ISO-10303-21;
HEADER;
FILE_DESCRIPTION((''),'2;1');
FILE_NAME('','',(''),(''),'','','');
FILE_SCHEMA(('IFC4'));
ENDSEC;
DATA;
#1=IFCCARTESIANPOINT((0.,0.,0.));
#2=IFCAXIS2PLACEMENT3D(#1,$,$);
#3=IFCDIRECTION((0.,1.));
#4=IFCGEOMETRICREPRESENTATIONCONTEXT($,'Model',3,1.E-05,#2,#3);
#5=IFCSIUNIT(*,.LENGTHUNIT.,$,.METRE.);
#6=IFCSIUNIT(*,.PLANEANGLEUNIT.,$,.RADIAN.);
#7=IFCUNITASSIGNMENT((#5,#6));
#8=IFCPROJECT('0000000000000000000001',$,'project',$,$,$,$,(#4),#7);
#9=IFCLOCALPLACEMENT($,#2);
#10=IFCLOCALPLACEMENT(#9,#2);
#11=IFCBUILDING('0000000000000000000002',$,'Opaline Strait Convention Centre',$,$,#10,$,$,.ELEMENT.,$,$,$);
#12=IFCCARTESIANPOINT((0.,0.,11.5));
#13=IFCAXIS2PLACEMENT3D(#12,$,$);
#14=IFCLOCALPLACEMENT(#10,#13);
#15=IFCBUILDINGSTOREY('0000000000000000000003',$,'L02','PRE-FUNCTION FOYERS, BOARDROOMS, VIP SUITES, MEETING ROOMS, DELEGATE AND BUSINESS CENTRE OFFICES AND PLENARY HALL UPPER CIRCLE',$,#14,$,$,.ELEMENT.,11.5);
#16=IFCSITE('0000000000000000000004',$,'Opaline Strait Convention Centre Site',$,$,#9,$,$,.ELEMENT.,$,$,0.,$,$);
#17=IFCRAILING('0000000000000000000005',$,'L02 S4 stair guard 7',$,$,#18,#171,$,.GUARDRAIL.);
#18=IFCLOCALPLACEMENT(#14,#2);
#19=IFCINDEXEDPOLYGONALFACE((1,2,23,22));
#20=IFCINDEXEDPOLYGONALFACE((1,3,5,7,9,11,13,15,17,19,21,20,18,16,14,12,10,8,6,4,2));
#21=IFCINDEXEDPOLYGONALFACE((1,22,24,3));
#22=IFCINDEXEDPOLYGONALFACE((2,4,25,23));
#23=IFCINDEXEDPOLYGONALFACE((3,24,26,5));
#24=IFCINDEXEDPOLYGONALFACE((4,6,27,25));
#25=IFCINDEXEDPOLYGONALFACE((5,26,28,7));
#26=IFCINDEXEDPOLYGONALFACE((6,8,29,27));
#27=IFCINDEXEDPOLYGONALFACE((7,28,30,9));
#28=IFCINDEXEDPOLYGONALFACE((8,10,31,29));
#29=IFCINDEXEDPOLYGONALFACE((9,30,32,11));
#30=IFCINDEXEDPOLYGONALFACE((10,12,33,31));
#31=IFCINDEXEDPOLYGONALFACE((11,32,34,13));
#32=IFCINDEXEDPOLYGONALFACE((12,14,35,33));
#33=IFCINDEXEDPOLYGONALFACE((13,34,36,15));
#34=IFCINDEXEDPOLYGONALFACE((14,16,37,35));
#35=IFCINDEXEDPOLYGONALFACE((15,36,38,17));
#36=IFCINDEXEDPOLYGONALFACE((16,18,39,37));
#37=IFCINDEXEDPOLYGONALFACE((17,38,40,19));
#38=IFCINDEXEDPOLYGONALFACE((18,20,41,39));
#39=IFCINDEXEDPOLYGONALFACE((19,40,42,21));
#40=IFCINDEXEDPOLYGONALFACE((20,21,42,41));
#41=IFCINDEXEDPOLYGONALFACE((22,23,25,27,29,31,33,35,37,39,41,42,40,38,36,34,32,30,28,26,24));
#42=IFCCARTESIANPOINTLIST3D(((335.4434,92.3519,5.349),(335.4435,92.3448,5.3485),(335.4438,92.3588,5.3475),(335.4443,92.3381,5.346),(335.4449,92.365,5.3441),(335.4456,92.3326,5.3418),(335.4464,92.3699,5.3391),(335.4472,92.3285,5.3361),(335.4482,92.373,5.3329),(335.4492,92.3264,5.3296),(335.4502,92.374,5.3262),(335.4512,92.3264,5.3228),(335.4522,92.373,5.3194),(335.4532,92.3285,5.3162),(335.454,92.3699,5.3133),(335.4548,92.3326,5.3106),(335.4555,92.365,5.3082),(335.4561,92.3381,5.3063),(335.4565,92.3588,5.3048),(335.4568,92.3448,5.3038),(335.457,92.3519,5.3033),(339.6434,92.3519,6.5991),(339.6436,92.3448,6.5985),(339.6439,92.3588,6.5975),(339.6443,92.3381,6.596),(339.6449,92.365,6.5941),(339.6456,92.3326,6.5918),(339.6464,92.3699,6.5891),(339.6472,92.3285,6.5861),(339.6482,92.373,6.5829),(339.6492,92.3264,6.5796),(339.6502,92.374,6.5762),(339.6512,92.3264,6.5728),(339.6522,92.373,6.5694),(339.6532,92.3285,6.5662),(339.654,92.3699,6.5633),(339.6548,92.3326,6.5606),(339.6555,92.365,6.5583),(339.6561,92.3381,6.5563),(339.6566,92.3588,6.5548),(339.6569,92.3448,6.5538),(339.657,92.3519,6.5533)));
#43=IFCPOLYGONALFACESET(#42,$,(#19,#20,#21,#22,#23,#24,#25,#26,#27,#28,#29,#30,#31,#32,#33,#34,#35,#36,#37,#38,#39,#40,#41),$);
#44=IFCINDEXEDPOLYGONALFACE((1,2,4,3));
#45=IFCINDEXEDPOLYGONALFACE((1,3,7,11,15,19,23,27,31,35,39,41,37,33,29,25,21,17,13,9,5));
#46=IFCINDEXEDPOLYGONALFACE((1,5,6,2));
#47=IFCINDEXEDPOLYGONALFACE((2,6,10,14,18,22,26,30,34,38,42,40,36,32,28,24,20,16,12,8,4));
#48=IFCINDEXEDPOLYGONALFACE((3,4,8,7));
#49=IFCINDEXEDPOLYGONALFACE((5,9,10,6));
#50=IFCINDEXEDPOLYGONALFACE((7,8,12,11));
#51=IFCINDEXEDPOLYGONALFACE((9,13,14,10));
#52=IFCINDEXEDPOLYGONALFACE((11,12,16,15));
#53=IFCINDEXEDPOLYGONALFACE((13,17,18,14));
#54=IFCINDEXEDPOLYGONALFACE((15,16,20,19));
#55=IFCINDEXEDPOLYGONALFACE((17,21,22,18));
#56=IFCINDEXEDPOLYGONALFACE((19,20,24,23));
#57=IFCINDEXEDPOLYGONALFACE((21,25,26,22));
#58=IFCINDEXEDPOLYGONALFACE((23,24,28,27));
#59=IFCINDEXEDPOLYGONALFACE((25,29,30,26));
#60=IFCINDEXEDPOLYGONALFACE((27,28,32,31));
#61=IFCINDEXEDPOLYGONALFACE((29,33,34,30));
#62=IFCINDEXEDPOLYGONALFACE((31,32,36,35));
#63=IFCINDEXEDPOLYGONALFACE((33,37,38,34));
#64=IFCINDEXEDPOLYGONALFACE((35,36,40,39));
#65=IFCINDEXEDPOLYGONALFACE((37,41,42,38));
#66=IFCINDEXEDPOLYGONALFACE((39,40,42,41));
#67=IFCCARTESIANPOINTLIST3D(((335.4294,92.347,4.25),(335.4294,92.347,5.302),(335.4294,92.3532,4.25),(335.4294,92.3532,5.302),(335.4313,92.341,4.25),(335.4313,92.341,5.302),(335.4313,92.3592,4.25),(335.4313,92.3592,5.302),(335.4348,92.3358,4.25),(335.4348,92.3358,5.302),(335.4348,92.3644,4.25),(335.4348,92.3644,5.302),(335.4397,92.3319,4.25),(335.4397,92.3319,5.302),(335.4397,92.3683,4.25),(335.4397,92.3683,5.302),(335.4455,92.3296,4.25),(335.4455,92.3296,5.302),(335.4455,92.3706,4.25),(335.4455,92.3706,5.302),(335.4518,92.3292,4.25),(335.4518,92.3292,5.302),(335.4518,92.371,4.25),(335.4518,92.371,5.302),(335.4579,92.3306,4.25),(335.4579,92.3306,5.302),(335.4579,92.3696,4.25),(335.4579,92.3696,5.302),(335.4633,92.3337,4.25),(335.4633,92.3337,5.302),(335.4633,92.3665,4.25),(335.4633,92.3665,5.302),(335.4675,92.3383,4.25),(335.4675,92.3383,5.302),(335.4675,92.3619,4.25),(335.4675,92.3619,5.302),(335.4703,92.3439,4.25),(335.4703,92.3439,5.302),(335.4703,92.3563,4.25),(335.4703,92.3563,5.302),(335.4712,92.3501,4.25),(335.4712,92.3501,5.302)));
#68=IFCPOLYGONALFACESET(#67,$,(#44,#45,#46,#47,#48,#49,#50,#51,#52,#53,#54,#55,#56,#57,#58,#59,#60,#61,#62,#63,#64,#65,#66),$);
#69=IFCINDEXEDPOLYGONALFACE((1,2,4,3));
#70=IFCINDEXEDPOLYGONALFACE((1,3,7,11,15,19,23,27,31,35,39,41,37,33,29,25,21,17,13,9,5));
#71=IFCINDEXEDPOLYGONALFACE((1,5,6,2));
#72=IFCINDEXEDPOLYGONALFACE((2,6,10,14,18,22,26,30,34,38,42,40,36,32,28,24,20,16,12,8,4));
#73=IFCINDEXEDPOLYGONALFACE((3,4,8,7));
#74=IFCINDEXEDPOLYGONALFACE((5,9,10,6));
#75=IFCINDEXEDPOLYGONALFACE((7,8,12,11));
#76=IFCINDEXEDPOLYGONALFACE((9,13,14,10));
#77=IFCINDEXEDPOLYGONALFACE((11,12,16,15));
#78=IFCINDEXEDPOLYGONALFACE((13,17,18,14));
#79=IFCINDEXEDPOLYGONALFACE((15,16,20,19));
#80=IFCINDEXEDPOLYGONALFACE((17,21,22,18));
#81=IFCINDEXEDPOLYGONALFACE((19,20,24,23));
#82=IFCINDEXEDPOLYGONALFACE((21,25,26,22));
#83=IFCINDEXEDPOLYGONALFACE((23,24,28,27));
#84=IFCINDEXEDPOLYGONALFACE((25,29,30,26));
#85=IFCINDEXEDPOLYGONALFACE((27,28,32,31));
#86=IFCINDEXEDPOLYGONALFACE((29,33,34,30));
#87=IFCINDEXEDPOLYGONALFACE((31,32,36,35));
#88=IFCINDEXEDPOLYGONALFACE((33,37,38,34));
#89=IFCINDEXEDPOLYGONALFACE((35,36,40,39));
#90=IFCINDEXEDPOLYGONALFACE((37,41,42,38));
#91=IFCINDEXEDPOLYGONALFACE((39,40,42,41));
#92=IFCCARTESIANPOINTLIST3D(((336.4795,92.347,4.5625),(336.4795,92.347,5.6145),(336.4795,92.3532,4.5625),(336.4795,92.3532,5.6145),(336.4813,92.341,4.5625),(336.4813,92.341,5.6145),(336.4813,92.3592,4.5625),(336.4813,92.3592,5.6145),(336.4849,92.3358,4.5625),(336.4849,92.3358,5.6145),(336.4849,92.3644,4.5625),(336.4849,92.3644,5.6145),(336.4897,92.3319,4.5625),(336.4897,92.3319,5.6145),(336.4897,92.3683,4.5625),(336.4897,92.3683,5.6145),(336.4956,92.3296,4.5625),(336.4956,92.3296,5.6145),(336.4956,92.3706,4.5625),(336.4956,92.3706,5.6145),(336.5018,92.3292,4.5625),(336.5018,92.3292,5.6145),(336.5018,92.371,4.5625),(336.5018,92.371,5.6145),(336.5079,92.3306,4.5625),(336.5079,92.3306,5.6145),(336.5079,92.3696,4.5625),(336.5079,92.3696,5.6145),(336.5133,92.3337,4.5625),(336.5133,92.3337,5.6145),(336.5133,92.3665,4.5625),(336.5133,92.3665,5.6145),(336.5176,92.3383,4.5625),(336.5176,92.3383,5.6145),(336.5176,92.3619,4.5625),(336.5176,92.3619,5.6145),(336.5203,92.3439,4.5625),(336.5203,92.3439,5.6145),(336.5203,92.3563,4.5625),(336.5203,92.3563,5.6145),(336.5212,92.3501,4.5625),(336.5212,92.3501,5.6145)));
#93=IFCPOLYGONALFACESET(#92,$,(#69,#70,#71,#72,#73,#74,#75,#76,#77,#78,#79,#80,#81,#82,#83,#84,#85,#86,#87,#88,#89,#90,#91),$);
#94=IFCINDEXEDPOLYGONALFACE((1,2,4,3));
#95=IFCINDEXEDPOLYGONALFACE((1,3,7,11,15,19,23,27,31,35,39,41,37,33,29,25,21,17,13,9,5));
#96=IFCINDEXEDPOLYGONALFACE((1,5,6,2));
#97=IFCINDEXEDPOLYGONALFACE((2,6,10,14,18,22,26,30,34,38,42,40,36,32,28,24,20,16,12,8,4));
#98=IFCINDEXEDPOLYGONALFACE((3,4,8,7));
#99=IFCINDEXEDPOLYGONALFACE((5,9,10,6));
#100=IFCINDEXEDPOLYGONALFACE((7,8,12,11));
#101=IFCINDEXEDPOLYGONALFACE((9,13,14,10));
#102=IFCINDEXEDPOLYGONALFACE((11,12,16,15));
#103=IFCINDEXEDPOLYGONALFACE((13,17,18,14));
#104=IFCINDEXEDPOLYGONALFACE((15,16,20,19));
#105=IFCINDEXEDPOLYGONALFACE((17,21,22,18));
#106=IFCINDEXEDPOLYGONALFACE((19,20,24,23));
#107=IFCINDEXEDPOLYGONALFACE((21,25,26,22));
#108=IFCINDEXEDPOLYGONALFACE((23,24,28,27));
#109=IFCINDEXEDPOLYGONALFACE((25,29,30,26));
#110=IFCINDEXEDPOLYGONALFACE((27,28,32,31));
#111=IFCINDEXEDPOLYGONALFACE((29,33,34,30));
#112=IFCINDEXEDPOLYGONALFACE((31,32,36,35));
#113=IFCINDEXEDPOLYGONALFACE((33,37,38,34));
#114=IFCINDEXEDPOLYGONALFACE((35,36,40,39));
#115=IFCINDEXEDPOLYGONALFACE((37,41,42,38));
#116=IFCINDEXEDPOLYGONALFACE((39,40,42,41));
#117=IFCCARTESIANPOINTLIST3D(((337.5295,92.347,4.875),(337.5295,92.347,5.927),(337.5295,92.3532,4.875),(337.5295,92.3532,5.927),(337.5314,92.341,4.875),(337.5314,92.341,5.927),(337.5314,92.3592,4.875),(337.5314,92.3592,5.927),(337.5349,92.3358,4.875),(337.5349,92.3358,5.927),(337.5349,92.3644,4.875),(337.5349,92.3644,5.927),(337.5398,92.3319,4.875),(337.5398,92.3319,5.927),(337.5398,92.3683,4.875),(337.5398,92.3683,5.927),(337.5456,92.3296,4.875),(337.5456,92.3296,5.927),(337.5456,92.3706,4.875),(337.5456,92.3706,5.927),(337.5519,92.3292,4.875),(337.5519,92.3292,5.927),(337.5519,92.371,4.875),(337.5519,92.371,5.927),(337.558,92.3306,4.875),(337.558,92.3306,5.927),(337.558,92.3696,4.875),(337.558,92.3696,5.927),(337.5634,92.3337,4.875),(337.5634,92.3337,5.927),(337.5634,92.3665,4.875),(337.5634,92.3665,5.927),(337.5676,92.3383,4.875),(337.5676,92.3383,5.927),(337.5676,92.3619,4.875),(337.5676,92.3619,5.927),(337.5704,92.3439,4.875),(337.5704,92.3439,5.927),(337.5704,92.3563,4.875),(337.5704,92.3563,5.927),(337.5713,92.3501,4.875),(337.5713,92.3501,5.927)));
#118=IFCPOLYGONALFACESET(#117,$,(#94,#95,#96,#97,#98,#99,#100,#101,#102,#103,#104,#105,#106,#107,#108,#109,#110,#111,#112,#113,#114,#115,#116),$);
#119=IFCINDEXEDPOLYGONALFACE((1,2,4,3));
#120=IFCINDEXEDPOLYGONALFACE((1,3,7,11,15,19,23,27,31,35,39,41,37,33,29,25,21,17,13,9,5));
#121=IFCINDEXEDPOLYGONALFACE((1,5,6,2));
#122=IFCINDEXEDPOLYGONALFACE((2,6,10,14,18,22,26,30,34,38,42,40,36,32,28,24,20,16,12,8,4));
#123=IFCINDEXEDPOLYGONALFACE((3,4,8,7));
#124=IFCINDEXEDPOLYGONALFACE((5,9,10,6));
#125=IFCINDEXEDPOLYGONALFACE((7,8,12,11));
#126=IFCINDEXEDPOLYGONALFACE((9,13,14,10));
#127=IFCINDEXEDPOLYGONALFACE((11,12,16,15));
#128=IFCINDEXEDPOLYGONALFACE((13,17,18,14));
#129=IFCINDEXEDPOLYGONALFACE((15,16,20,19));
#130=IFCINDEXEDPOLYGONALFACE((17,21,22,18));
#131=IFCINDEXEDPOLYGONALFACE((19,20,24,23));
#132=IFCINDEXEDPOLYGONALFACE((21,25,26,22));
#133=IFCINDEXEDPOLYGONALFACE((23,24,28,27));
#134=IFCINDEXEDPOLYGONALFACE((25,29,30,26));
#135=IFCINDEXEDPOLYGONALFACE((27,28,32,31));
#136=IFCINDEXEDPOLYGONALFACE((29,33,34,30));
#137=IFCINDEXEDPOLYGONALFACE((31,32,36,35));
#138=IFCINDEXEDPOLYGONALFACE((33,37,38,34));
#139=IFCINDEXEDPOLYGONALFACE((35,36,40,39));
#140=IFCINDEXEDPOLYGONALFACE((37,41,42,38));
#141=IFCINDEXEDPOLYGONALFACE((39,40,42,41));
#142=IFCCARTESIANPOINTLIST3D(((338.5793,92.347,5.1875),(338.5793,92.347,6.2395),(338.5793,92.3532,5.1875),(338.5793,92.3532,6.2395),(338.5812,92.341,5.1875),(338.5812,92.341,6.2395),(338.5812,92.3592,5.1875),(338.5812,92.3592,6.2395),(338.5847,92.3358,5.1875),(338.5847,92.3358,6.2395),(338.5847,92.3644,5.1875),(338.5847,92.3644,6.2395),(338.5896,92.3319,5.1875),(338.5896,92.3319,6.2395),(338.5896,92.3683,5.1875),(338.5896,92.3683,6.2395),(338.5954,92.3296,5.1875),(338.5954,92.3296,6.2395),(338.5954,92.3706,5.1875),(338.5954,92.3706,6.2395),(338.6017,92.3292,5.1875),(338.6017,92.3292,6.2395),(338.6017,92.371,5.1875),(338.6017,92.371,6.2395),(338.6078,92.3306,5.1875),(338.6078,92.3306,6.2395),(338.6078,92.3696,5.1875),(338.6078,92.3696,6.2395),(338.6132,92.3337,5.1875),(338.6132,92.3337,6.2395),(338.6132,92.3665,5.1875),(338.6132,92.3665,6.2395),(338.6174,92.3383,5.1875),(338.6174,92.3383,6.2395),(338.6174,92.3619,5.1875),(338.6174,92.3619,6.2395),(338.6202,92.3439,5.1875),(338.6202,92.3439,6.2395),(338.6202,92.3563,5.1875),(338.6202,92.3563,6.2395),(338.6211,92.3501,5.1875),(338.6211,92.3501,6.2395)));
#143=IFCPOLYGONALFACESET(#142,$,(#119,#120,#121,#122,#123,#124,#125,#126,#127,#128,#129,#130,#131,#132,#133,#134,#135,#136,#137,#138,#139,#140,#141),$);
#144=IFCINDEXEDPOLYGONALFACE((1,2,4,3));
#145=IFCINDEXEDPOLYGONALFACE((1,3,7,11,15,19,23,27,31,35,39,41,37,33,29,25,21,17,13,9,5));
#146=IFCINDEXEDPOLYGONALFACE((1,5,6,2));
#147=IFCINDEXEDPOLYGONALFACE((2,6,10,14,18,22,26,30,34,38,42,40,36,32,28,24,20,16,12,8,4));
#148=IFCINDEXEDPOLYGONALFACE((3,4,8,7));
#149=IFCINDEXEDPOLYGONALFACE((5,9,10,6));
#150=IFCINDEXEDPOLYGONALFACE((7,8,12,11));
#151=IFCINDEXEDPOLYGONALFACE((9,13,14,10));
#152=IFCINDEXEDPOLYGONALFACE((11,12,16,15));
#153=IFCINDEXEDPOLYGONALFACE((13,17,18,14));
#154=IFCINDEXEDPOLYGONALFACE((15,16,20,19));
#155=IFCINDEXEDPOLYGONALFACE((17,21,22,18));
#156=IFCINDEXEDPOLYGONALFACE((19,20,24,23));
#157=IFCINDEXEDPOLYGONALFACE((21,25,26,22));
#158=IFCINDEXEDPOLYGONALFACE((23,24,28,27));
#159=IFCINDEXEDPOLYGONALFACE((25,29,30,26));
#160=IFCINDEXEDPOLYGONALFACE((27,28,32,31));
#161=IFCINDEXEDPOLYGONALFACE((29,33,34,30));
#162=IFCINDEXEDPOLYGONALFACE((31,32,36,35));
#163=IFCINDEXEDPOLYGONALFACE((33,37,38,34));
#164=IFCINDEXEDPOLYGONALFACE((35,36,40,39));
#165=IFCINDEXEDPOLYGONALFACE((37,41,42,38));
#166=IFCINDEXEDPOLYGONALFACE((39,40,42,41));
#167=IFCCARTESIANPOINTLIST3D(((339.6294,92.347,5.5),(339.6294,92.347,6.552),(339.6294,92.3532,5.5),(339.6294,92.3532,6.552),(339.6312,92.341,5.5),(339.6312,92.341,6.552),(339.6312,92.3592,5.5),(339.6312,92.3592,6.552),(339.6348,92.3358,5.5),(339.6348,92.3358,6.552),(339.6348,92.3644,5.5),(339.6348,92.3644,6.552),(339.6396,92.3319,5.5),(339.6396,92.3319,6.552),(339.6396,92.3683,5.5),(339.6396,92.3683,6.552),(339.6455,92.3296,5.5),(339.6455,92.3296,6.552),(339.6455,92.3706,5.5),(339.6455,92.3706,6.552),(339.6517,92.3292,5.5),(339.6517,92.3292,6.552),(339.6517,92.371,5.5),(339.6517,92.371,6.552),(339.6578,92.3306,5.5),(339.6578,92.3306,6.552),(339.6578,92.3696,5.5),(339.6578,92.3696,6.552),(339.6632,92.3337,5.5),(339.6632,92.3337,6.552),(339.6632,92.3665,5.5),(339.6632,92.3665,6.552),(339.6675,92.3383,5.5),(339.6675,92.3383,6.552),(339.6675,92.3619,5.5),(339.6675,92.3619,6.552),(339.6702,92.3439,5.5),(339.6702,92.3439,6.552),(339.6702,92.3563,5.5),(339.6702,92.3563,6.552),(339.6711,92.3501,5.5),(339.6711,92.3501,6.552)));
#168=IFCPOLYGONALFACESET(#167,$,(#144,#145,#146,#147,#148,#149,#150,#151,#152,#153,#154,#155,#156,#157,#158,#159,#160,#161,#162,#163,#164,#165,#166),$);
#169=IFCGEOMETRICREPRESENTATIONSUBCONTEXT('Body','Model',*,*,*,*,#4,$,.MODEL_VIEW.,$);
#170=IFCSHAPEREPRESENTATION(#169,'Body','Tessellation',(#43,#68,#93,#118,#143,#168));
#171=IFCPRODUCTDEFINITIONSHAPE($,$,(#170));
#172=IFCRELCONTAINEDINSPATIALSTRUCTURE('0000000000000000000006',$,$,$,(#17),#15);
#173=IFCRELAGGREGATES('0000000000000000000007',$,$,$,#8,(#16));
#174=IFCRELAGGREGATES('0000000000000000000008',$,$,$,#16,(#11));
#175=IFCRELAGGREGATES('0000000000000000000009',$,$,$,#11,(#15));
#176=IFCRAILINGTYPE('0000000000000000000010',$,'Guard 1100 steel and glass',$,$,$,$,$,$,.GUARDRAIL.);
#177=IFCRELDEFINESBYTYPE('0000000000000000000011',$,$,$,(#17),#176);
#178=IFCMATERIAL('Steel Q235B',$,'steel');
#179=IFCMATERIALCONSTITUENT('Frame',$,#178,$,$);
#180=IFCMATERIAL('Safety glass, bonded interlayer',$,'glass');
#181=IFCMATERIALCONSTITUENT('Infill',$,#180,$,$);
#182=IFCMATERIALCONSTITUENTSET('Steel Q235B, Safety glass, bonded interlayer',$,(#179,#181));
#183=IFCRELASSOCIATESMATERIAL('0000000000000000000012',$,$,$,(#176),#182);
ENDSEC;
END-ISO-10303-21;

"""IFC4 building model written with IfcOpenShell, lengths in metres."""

from ifc_helpers import new_model, si_unit, direction, frame, origin, origin_2d, place, context, subcontext, project, spatial, circle, extrude, material, constituent, constituent_set, type_object, element, save


model = new_model("IFC4")

# Units and contexts
model_context = context("Model", 3, precision=1e-05, world=origin(), true_north=direction((0.0, 1.0)))
body_context = subcontext(model_context, "Body", "Model", "MODEL_VIEW")
ifc_project = project(units=[si_unit("LENGTHUNIT", "METRE"), si_unit("PLANEANGLEUNIT", "RADIAN")], contexts=[model_context])

# Site, building, storey
site_placement = place(None, origin())
site = spatial("IfcSite", under=ifc_project, at=site_placement, Name="Opaline Strait Convention Centre Site", CompositionType="ELEMENT", RefElevation=0.0)
building_placement = place(site_placement, origin())
building = spatial("IfcBuilding", under=site, at=building_placement, Name="Opaline Strait Convention Centre", CompositionType="ELEMENT")
storey_placement = place(building_placement, frame((0.0, 0.0, 11.5)))
storey = spatial("IfcBuildingStorey", under=building, at=storey_placement, Name="L02", Description="PRE-FUNCTION FOYERS, BOARDROOMS, VIP SUITES, MEETING ROOMS, DELEGATE AND BUSINESS CENTRE OFFICES AND PLENARY HALL UPPER CIRCLE", CompositionType="ELEMENT", Elevation=11.5)

# Shared definitions
ifc_material_1 = material(Name="Steel Q235B", Category="steel")

# Railing
ifc_constituent_1 = constituent(ifc_material_1, Name="Frame")
ifc_material_2 = material(Name="Safety glass, bonded interlayer", Category="glass")
ifc_constituent_2 = constituent(ifc_material_2, Name="Infill")
ifc_constituent_set = constituent_set(constituents=[ifc_constituent_1, ifc_constituent_2], Name="Steel Q235B, Safety glass, bonded interlayer")
railing_type_1 = type_object("IfcRailingType", Name="Guard 1100 steel and glass", PredefinedType="GUARDRAIL", material=ifc_constituent_set)
railing_1_placement = place(storey_placement, frame((335.4502, 92.3501, 4.25)))
element("IfcRailing", 1, at=railing_1_placement, inside=storey, type_object=railing_type_1, Name="L02 S4 stair guard 7", PredefinedType="GUARDRAIL", context=body_context, shape_type="SweptSolid", body=[
    extrude(circle(Radius=0.0239, at=origin_2d()), frame((0.0, 0.0, 1.0762), z_axis=(0.958451, 0.0, 0.285257), x_axis=(0.0, 1.0, 0.0)), (0.0, 0.0, 1.0), 4.3821),
    extrude(circle(Radius=0.021, at=origin_2d()), origin(), (0.0, 0.0, 1.0), 1.052),
    extrude(circle(Radius=0.021, at=origin_2d()), frame((1.05, 0.0, 0.3125)), (0.0, 0.0, 1.0), 1.052),
    extrude(circle(Radius=0.021, at=origin_2d()), frame((2.1001, 0.0, 0.625)), (0.0, 0.0, 1.0), 1.052),
    extrude(circle(Radius=0.021, at=origin_2d()), frame((3.1499, 0.0, 0.9375)), (0.0, 0.0, 1.0), 1.052),
    extrude(circle(Radius=0.021, at=origin_2d()), frame((4.2, 0.0, 1.25)), (0.0, 0.0, 1.0), 1.052),
])

save(model, "model.ifc")
